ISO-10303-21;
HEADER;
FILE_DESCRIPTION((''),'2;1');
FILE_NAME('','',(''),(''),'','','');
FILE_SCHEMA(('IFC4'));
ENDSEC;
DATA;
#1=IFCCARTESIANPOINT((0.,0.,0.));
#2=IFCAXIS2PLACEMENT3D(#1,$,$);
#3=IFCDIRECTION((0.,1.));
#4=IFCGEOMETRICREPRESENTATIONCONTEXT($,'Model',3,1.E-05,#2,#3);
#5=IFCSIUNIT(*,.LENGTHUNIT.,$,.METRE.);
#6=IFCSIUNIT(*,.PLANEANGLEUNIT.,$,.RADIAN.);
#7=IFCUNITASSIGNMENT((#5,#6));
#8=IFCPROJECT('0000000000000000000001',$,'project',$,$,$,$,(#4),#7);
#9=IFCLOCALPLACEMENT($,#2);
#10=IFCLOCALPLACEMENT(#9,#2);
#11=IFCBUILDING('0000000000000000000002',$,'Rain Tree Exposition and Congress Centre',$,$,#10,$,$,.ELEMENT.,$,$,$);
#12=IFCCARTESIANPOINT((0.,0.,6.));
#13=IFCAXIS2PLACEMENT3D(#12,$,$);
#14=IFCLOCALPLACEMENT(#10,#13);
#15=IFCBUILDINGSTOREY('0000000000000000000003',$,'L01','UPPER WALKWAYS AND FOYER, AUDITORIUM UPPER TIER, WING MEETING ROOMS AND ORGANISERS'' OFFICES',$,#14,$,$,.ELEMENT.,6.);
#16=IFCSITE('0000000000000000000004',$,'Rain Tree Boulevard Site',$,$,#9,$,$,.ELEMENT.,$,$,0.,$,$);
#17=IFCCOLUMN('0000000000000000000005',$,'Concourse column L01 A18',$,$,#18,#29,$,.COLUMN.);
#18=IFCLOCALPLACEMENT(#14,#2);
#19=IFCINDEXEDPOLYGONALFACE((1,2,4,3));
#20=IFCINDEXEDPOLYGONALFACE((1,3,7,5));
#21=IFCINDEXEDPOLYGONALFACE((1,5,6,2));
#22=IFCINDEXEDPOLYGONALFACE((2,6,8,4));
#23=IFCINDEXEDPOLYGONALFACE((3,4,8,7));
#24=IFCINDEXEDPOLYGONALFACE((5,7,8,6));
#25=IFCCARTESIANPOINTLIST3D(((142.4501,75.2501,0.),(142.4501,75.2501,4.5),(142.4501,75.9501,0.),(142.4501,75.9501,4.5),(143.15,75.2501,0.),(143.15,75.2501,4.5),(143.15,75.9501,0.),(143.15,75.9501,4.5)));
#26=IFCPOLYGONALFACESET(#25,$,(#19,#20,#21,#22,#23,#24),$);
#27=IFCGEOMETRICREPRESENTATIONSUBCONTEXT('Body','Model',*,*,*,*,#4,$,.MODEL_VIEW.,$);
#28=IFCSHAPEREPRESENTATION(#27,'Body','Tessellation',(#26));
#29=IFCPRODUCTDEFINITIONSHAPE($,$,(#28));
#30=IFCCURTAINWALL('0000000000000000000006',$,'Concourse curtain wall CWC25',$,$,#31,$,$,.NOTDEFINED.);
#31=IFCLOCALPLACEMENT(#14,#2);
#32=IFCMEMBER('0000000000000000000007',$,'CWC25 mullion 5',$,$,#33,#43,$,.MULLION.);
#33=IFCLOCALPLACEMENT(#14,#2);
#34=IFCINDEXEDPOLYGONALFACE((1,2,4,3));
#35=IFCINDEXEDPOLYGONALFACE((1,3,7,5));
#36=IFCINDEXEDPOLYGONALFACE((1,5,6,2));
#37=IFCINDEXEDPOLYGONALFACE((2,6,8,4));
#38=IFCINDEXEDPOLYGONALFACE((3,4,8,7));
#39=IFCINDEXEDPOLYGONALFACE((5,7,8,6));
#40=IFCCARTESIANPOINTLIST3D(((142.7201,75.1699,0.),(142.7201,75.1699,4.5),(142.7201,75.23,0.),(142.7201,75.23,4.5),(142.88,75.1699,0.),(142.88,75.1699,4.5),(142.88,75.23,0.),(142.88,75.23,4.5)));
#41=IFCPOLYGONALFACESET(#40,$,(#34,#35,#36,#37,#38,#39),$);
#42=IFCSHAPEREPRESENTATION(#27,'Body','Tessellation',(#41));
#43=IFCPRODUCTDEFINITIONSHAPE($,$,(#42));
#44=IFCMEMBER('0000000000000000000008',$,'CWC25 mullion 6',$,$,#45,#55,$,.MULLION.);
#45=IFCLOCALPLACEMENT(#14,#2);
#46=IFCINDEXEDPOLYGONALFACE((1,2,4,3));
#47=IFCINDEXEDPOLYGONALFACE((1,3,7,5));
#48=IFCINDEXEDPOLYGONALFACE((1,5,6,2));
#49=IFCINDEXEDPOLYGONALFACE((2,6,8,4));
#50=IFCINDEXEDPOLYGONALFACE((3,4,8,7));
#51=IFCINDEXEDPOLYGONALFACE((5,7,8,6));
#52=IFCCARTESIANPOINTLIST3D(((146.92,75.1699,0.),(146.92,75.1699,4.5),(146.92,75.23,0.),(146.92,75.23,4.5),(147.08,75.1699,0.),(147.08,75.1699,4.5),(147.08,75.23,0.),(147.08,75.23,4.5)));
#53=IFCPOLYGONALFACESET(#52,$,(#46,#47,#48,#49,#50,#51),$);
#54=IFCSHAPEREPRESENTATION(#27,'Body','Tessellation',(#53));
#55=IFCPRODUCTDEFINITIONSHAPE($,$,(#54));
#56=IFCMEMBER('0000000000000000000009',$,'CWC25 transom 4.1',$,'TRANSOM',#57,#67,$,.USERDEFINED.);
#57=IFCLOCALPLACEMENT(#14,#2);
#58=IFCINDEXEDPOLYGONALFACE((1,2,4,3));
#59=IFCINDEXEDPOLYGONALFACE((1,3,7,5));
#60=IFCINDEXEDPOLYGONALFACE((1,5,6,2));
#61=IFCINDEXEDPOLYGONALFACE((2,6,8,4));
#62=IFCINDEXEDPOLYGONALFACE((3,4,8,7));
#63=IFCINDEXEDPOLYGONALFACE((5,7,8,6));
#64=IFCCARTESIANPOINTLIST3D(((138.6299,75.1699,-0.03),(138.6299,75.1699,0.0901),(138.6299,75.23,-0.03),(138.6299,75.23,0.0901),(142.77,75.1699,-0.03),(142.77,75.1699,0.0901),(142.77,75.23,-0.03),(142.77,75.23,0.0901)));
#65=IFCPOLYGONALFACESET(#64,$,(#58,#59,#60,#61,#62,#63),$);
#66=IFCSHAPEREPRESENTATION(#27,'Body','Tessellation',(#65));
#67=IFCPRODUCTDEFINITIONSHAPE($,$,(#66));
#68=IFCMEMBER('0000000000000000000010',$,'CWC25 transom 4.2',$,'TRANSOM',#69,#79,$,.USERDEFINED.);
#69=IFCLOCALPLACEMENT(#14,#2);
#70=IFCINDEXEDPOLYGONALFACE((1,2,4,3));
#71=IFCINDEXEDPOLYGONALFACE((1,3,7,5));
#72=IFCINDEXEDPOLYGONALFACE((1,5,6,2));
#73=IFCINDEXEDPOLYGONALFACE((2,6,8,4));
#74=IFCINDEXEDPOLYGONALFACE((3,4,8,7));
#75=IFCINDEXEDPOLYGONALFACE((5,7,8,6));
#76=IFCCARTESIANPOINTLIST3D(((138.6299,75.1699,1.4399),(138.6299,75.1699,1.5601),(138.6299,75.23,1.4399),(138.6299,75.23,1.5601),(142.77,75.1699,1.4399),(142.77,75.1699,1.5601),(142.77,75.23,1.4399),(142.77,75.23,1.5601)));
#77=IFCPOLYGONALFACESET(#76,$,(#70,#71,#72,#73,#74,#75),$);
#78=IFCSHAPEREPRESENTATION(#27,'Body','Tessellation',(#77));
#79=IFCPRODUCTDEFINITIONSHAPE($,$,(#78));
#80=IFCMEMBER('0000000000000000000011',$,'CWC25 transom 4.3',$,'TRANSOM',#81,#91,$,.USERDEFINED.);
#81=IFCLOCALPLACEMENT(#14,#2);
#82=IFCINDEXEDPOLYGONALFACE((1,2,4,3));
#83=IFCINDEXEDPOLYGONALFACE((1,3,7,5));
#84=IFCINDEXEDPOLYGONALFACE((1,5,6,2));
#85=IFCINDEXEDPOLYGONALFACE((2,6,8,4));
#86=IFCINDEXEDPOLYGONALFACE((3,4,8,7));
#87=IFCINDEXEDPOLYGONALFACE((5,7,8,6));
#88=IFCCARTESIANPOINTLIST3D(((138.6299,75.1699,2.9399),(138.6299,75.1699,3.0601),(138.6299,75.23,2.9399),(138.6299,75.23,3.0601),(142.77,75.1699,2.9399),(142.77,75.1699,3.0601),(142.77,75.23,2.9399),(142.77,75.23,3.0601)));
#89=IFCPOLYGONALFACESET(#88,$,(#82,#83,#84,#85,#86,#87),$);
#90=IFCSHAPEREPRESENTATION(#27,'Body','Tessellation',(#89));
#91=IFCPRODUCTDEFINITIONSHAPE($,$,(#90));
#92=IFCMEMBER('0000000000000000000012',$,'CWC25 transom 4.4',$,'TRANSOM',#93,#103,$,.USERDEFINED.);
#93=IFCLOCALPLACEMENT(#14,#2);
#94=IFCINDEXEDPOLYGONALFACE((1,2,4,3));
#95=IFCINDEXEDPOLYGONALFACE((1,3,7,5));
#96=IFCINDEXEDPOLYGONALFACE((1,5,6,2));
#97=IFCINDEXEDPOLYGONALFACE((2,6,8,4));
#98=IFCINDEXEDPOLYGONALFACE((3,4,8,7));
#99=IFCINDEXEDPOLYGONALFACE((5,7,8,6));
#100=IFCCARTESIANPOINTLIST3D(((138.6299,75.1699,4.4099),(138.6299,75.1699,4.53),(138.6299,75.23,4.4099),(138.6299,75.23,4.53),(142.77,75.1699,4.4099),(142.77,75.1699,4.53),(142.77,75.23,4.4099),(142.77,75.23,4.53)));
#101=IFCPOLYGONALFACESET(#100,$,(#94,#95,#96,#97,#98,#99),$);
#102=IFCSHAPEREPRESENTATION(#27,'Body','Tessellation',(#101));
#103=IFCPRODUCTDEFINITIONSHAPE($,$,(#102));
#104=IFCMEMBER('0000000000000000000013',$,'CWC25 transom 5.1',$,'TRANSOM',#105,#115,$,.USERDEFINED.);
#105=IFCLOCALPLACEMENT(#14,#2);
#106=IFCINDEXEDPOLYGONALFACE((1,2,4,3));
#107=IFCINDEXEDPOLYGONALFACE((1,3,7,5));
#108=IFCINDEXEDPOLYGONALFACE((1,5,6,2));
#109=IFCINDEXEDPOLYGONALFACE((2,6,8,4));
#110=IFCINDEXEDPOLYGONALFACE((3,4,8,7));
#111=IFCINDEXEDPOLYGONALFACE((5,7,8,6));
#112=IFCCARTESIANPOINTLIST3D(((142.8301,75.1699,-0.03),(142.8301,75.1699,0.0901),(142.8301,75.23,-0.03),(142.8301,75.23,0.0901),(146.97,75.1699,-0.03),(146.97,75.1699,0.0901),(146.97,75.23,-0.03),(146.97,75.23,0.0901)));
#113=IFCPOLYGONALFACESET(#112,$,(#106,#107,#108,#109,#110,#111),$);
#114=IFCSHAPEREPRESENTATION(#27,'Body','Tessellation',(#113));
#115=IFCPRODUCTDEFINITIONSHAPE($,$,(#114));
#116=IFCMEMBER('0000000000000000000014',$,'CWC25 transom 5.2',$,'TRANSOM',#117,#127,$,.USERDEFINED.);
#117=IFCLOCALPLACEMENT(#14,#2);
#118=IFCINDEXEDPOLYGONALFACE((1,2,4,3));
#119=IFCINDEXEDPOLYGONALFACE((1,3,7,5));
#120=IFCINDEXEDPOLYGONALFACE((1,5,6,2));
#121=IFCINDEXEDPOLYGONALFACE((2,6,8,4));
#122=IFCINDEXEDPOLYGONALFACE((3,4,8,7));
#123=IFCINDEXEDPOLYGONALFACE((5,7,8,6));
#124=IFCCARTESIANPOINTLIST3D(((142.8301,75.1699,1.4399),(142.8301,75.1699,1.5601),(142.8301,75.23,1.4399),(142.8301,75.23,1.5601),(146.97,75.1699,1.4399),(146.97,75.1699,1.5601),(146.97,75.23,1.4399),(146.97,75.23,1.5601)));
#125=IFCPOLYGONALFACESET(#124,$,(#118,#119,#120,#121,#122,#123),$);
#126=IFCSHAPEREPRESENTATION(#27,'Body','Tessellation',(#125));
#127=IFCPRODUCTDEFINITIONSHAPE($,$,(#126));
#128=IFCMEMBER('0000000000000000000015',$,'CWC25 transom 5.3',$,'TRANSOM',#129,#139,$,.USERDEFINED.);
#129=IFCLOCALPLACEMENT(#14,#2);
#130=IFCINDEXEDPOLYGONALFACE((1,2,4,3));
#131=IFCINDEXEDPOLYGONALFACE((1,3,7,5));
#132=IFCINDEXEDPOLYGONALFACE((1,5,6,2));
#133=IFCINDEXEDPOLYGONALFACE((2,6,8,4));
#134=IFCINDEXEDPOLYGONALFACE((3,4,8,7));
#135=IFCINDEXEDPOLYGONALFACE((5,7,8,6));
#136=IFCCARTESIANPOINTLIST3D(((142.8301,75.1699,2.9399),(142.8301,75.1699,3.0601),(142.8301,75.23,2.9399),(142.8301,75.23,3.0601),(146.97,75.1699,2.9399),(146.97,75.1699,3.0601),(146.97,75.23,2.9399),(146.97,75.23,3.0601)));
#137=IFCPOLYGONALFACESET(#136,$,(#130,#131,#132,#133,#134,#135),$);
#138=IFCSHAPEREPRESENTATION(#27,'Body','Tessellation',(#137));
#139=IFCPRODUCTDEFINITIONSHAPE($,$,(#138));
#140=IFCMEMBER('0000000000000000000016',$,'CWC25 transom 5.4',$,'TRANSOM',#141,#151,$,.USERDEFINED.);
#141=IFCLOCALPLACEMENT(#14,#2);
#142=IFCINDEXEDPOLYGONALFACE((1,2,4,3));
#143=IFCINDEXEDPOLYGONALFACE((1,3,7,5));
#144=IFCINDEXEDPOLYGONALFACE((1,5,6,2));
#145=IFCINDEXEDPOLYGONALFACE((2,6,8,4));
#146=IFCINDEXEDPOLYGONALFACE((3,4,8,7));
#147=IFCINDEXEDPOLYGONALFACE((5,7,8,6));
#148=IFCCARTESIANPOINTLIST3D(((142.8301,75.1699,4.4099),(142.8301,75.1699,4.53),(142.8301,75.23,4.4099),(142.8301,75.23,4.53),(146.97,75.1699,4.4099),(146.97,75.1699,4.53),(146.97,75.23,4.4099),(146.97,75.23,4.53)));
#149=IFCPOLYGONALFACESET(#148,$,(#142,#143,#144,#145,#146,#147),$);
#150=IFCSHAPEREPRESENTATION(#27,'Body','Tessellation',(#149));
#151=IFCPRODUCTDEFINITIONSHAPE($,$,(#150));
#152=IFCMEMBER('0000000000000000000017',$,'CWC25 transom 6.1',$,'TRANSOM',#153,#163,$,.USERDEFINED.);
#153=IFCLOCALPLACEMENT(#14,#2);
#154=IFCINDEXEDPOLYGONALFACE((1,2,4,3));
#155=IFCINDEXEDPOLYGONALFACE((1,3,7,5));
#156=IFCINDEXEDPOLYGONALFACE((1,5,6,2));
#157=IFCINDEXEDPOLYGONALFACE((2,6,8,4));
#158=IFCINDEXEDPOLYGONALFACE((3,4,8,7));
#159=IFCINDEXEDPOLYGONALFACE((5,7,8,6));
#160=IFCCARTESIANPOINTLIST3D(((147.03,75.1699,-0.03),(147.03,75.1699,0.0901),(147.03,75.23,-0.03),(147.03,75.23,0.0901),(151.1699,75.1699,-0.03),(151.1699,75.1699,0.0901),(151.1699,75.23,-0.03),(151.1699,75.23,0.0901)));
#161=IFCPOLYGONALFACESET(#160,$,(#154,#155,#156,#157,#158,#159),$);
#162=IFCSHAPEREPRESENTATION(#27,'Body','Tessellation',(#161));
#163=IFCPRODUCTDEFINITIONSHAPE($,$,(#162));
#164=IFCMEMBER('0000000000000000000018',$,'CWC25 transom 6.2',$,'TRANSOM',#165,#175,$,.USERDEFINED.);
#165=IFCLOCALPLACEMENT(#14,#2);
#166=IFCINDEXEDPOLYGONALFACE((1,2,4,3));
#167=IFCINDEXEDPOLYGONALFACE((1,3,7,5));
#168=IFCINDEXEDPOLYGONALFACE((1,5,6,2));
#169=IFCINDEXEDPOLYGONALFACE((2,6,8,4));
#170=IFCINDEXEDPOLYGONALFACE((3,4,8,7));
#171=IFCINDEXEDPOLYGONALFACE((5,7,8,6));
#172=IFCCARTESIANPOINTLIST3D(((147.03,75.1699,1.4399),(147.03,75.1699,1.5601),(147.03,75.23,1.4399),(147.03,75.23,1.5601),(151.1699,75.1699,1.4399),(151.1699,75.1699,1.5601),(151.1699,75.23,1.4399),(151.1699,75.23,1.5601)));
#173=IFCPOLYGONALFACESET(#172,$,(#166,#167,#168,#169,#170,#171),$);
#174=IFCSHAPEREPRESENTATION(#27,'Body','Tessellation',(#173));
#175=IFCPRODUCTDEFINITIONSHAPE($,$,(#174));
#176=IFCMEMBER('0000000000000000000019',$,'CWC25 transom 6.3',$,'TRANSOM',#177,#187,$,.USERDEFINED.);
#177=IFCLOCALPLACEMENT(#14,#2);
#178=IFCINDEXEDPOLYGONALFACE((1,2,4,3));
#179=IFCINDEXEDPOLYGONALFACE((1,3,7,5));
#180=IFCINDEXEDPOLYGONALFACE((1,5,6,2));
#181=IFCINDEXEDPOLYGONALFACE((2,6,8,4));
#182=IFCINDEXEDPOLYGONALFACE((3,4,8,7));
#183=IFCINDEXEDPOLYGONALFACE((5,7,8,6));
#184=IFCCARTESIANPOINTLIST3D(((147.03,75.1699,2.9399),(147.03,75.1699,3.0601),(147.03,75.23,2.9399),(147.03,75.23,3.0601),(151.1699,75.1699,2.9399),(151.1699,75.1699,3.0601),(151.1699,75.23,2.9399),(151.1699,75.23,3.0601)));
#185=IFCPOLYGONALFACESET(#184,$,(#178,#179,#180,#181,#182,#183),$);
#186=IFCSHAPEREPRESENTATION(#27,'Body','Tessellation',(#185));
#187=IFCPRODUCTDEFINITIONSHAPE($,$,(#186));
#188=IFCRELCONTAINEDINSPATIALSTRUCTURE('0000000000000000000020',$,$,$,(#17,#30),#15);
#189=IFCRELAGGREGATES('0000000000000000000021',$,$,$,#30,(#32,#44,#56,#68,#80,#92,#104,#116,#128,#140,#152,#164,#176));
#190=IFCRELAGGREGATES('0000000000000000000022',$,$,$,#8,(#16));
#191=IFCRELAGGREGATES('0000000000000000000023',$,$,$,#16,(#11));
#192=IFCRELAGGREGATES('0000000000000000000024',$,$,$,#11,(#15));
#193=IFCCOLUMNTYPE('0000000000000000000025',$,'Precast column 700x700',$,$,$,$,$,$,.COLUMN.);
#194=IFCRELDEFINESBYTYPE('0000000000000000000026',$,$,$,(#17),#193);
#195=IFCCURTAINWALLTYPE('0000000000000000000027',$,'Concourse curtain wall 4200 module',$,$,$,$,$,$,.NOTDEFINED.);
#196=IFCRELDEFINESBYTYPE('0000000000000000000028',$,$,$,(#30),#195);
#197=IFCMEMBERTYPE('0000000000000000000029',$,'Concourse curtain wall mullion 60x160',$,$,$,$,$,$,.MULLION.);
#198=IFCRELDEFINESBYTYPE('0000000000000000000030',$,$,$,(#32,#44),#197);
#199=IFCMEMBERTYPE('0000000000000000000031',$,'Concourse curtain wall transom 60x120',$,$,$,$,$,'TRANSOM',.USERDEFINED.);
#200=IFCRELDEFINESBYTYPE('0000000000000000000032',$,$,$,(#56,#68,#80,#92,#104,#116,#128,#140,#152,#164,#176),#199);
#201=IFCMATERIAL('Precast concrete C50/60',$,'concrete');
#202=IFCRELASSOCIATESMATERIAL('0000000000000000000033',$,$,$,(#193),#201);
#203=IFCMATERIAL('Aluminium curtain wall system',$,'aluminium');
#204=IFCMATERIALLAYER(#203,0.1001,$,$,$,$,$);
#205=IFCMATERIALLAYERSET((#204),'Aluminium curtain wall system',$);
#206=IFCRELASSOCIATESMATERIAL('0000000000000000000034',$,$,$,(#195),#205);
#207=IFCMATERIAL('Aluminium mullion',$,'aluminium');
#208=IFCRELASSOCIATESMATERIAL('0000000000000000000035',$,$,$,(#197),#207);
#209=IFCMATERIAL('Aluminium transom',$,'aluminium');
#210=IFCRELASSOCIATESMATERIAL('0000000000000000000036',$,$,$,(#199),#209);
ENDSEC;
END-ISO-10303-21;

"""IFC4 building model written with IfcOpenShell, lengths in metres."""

from ifc_helpers import new_model, si_unit, direction, frame, origin, origin_2d, place, context, subcontext, project, spatial, rectangle, extrude, material, layer, layer_set, material_profile, profile_set, type_object, element, aggregate, save


model = new_model("IFC4")

# Units and contexts
model_context = context("Model", 3, precision=1e-05, world=origin(), true_north=direction((0.0, 1.0)))
body_context = subcontext(model_context, "Body", "Model", "MODEL_VIEW")
ifc_project = project(units=[si_unit("LENGTHUNIT", "METRE"), si_unit("PLANEANGLEUNIT", "RADIAN")], contexts=[model_context])

# Site, building, storey
site_placement = place(None, origin())
site = spatial("IfcSite", under=ifc_project, at=site_placement, Name="Rain Tree Boulevard Site", CompositionType="ELEMENT", RefElevation=0.0)
building_placement = place(site_placement, origin())
building = spatial("IfcBuilding", under=site, at=building_placement, Name="Rain Tree Exposition and Congress Centre", CompositionType="ELEMENT")
storey_placement = place(building_placement, frame((0.0, 0.0, 6.0)))
storey = spatial("IfcBuildingStorey", under=building, at=storey_placement, Name="L01", Description="UPPER WALKWAYS AND FOYER, AUDITORIUM UPPER TIER, WING MEETING ROOMS AND ORGANISERS' OFFICES", CompositionType="ELEMENT", Elevation=6.0)

# Column
ifc_material_1 = material(Name="Precast concrete C50/60", Category="concrete")
ifc_material_profile_1 = material_profile(ifc_material_1, rectangle(XDim=0.7, YDim=0.7, at=origin_2d()), Name="RC 700x700")
ifc_profile_set_1 = profile_set([ifc_material_profile_1], Name="Precast concrete C50/60")
column_type = type_object("IfcColumnType", Name="Precast column 700x700", PredefinedType="COLUMN", material=ifc_profile_set_1)
column_placement = place(storey_placement, frame((142.8, 75.6001, 0.0), z_axis=(0.0, 0.0, 1.0), x_axis=(1.0, 0.0, 0.0)))
element("IfcColumn", 1, at=column_placement, inside=storey, type_object=column_type, Name="Concourse column L01 A18", PredefinedType="COLUMN", context=body_context, shape_type="SweptSolid", body=[
    extrude(rectangle(XDim=0.7, YDim=0.7, at=origin_2d()), origin(), (0.0, 0.0, 1.0), 4.5),
])

# Curtain wall, members
ifc_material_2 = material(Name="Aluminium curtain wall system", Category="aluminium")
ifc_layer_1 = layer(ifc_material_2, 0.1001)
ifc_layer_set_1 = layer_set([ifc_layer_1], Name="Aluminium curtain wall system")
curtain_wall_type = type_object("IfcCurtainWallType", Name="Concourse curtain wall 4200 module", PredefinedType="NOTDEFINED", material=ifc_layer_set_1)
curtain_wall_placement = place(storey_placement, origin())
curtain_wall = element("IfcCurtainWall", 2, at=curtain_wall_placement, inside=storey, type_object=curtain_wall_type, Name="Concourse curtain wall CWC25", PredefinedType="NOTDEFINED")
ifc_material_3 = material(Name="Aluminium mullion", Category="aluminium")
ifc_material_profile_2 = material_profile(ifc_material_3, rectangle(XDim=0.0601, YDim=0.1599, at=origin_2d()), Name="AL 60x160")
ifc_profile_set_2 = profile_set([ifc_material_profile_2], Name="Aluminium mullion")
member_type_1 = type_object("IfcMemberType", Name="Concourse curtain wall mullion 60x160", PredefinedType="MULLION", material=ifc_profile_set_2)
member_1_placement = place(storey_placement, frame((142.8, 75.2, 0.0), z_axis=(0.0, 0.0, 1.0), x_axis=(0.0, 1.0, 0.0)))
member_1 = element("IfcMember", 3, at=member_1_placement, type_object=member_type_1, Name="CWC25 mullion 5", PredefinedType="MULLION", context=body_context, shape_type="SweptSolid", body=[
    extrude(rectangle(XDim=0.0601, YDim=0.1599, at=origin_2d()), origin(), (0.0, 0.0, 1.0), 4.5),
])
member_2_placement = place(storey_placement, frame((147.0, 75.2, 0.0), z_axis=(0.0, 0.0, 1.0), x_axis=(0.0, 1.0, 0.0)))
member_2 = element("IfcMember", 4, at=member_2_placement, type_object=member_type_1, Name="CWC25 mullion 6", PredefinedType="MULLION", context=body_context, shape_type="SweptSolid", body=[
    extrude(rectangle(XDim=0.0601, YDim=0.1599, at=origin_2d()), origin(), (0.0, 0.0, 1.0), 4.5),
])
ifc_material_4 = material(Name="Aluminium transom", Category="aluminium")
ifc_material_profile_3 = material_profile(ifc_material_4, rectangle(XDim=0.0601, YDim=0.1201, at=origin_2d()), Name="AL 60x120")
ifc_profile_set_3 = profile_set([ifc_material_profile_3], Name="Aluminium transom")
member_type_2 = type_object("IfcMemberType", Name="Concourse curtain wall transom 60x120", ElementType="TRANSOM", PredefinedType="USERDEFINED", material=ifc_profile_set_3)
member_3_placement = place(storey_placement, frame((138.6299, 75.2, 0.03), z_axis=(1.0, 0.0, 0.0), x_axis=(0.0, 1.0, 0.0)))
member_3 = element("IfcMember", 5, at=member_3_placement, type_object=member_type_2, Name="CWC25 transom 4.1", ObjectType="TRANSOM", PredefinedType="USERDEFINED", context=body_context, shape_type="SweptSolid", body=[
    extrude(rectangle(XDim=0.0601, YDim=0.1201, at=origin_2d()), origin(), (0.0, 0.0, 1.0), 4.1401),
])
member_4_placement = place(storey_placement, frame((138.6299, 75.2, 1.5), z_axis=(1.0, 0.0, 0.0), x_axis=(0.0, 1.0, 0.0)))
member_4 = element("IfcMember", 6, at=member_4_placement, type_object=member_type_2, Name="CWC25 transom 4.2", ObjectType="TRANSOM", PredefinedType="USERDEFINED", context=body_context, shape_type="SweptSolid", body=[
    extrude(rectangle(XDim=0.0601, YDim=0.1201, at=origin_2d()), origin(), (0.0, 0.0, 1.0), 4.1401),
])
member_5_placement = place(storey_placement, frame((138.6299, 75.2, 3.0), z_axis=(1.0, 0.0, 0.0), x_axis=(0.0, 1.0, 0.0)))
member_5 = element("IfcMember", 7, at=member_5_placement, type_object=member_type_2, Name="CWC25 transom 4.3", ObjectType="TRANSOM", PredefinedType="USERDEFINED", context=body_context, shape_type="SweptSolid", body=[
    extrude(rectangle(XDim=0.0601, YDim=0.1201, at=origin_2d()), origin(), (0.0, 0.0, 1.0), 4.1401),
])
member_6_placement = place(storey_placement, frame((138.6299, 75.2, 4.47), z_axis=(1.0, 0.0, 0.0), x_axis=(0.0, 1.0, 0.0)))
member_6 = element("IfcMember", 8, at=member_6_placement, type_object=member_type_2, Name="CWC25 transom 4.4", ObjectType="TRANSOM", PredefinedType="USERDEFINED", context=body_context, shape_type="SweptSolid", body=[
    extrude(rectangle(XDim=0.0601, YDim=0.1201, at=origin_2d()), origin(), (0.0, 0.0, 1.0), 4.1401),
])
member_7_placement = place(storey_placement, frame((142.8301, 75.2, 0.03), z_axis=(1.0, 0.0, 0.0), x_axis=(0.0, 1.0, 0.0)))
member_7 = element("IfcMember", 9, at=member_7_placement, type_object=member_type_2, Name="CWC25 transom 5.1", ObjectType="TRANSOM", PredefinedType="USERDEFINED", context=body_context, shape_type="SweptSolid", body=[
    extrude(rectangle(XDim=0.0601, YDim=0.1201, at=origin_2d()), origin(), (0.0, 0.0, 1.0), 4.1399),
])
member_8_placement = place(storey_placement, frame((142.8301, 75.2, 1.5), z_axis=(1.0, 0.0, 0.0), x_axis=(0.0, 1.0, 0.0)))
member_8 = element("IfcMember", 10, at=member_8_placement, type_object=member_type_2, Name="CWC25 transom 5.2", ObjectType="TRANSOM", PredefinedType="USERDEFINED", context=body_context, shape_type="SweptSolid", body=[
    extrude(rectangle(XDim=0.0601, YDim=0.1201, at=origin_2d()), origin(), (0.0, 0.0, 1.0), 4.1399),
])
member_9_placement = place(storey_placement, frame((142.8301, 75.2, 3.0), z_axis=(1.0, 0.0, 0.0), x_axis=(0.0, 1.0, 0.0)))
member_9 = element("IfcMember", 11, at=member_9_placement, type_object=member_type_2, Name="CWC25 transom 5.3", ObjectType="TRANSOM", PredefinedType="USERDEFINED", context=body_context, shape_type="SweptSolid", body=[
    extrude(rectangle(XDim=0.0601, YDim=0.1201, at=origin_2d()), origin(), (0.0, 0.0, 1.0), 4.1399),
])
member_10_placement = place(storey_placement, frame((142.8301, 75.2, 4.47), z_axis=(1.0, 0.0, 0.0), x_axis=(0.0, 1.0, 0.0)))
member_10 = element("IfcMember", 12, at=member_10_placement, type_object=member_type_2, Name="CWC25 transom 5.4", ObjectType="TRANSOM", PredefinedType="USERDEFINED", context=body_context, shape_type="SweptSolid", body=[
    extrude(rectangle(XDim=0.0601, YDim=0.1201, at=origin_2d()), origin(), (0.0, 0.0, 1.0), 4.1399),
])
member_11_placement = place(storey_placement, frame((147.03, 75.2, 0.03), z_axis=(1.0, 0.0, 0.0), x_axis=(0.0, 1.0, 0.0)))
member_11 = element("IfcMember", 13, at=member_11_placement, type_object=member_type_2, Name="CWC25 transom 6.1", ObjectType="TRANSOM", PredefinedType="USERDEFINED", context=body_context, shape_type="SweptSolid", body=[
    extrude(rectangle(XDim=0.0601, YDim=0.1201, at=origin_2d()), origin(), (0.0, 0.0, 1.0), 4.1399),
])
member_12_placement = place(storey_placement, frame((147.03, 75.2, 1.5), z_axis=(1.0, 0.0, 0.0), x_axis=(0.0, 1.0, 0.0)))
member_12 = element("IfcMember", 14, at=member_12_placement, type_object=member_type_2, Name="CWC25 transom 6.2", ObjectType="TRANSOM", PredefinedType="USERDEFINED", context=body_context, shape_type="SweptSolid", body=[
    extrude(rectangle(XDim=0.0601, YDim=0.1201, at=origin_2d()), origin(), (0.0, 0.0, 1.0), 4.1399),
])
member_13_placement = place(storey_placement, frame((147.03, 75.2, 3.0), z_axis=(1.0, 0.0, 0.0), x_axis=(0.0, 1.0, 0.0)))
member_13 = element("IfcMember", 15, at=member_13_placement, type_object=member_type_2, Name="CWC25 transom 6.3", ObjectType="TRANSOM", PredefinedType="USERDEFINED", context=body_context, shape_type="SweptSolid", body=[
    extrude(rectangle(XDim=0.0601, YDim=0.1201, at=origin_2d()), origin(), (0.0, 0.0, 1.0), 4.1399),
])

aggregate(curtain_wall, [member_1, member_2, member_3, member_4, member_5, member_6, member_7, member_8, member_9, member_10, member_11, member_12, member_13])

save(model, "model.ifc")
